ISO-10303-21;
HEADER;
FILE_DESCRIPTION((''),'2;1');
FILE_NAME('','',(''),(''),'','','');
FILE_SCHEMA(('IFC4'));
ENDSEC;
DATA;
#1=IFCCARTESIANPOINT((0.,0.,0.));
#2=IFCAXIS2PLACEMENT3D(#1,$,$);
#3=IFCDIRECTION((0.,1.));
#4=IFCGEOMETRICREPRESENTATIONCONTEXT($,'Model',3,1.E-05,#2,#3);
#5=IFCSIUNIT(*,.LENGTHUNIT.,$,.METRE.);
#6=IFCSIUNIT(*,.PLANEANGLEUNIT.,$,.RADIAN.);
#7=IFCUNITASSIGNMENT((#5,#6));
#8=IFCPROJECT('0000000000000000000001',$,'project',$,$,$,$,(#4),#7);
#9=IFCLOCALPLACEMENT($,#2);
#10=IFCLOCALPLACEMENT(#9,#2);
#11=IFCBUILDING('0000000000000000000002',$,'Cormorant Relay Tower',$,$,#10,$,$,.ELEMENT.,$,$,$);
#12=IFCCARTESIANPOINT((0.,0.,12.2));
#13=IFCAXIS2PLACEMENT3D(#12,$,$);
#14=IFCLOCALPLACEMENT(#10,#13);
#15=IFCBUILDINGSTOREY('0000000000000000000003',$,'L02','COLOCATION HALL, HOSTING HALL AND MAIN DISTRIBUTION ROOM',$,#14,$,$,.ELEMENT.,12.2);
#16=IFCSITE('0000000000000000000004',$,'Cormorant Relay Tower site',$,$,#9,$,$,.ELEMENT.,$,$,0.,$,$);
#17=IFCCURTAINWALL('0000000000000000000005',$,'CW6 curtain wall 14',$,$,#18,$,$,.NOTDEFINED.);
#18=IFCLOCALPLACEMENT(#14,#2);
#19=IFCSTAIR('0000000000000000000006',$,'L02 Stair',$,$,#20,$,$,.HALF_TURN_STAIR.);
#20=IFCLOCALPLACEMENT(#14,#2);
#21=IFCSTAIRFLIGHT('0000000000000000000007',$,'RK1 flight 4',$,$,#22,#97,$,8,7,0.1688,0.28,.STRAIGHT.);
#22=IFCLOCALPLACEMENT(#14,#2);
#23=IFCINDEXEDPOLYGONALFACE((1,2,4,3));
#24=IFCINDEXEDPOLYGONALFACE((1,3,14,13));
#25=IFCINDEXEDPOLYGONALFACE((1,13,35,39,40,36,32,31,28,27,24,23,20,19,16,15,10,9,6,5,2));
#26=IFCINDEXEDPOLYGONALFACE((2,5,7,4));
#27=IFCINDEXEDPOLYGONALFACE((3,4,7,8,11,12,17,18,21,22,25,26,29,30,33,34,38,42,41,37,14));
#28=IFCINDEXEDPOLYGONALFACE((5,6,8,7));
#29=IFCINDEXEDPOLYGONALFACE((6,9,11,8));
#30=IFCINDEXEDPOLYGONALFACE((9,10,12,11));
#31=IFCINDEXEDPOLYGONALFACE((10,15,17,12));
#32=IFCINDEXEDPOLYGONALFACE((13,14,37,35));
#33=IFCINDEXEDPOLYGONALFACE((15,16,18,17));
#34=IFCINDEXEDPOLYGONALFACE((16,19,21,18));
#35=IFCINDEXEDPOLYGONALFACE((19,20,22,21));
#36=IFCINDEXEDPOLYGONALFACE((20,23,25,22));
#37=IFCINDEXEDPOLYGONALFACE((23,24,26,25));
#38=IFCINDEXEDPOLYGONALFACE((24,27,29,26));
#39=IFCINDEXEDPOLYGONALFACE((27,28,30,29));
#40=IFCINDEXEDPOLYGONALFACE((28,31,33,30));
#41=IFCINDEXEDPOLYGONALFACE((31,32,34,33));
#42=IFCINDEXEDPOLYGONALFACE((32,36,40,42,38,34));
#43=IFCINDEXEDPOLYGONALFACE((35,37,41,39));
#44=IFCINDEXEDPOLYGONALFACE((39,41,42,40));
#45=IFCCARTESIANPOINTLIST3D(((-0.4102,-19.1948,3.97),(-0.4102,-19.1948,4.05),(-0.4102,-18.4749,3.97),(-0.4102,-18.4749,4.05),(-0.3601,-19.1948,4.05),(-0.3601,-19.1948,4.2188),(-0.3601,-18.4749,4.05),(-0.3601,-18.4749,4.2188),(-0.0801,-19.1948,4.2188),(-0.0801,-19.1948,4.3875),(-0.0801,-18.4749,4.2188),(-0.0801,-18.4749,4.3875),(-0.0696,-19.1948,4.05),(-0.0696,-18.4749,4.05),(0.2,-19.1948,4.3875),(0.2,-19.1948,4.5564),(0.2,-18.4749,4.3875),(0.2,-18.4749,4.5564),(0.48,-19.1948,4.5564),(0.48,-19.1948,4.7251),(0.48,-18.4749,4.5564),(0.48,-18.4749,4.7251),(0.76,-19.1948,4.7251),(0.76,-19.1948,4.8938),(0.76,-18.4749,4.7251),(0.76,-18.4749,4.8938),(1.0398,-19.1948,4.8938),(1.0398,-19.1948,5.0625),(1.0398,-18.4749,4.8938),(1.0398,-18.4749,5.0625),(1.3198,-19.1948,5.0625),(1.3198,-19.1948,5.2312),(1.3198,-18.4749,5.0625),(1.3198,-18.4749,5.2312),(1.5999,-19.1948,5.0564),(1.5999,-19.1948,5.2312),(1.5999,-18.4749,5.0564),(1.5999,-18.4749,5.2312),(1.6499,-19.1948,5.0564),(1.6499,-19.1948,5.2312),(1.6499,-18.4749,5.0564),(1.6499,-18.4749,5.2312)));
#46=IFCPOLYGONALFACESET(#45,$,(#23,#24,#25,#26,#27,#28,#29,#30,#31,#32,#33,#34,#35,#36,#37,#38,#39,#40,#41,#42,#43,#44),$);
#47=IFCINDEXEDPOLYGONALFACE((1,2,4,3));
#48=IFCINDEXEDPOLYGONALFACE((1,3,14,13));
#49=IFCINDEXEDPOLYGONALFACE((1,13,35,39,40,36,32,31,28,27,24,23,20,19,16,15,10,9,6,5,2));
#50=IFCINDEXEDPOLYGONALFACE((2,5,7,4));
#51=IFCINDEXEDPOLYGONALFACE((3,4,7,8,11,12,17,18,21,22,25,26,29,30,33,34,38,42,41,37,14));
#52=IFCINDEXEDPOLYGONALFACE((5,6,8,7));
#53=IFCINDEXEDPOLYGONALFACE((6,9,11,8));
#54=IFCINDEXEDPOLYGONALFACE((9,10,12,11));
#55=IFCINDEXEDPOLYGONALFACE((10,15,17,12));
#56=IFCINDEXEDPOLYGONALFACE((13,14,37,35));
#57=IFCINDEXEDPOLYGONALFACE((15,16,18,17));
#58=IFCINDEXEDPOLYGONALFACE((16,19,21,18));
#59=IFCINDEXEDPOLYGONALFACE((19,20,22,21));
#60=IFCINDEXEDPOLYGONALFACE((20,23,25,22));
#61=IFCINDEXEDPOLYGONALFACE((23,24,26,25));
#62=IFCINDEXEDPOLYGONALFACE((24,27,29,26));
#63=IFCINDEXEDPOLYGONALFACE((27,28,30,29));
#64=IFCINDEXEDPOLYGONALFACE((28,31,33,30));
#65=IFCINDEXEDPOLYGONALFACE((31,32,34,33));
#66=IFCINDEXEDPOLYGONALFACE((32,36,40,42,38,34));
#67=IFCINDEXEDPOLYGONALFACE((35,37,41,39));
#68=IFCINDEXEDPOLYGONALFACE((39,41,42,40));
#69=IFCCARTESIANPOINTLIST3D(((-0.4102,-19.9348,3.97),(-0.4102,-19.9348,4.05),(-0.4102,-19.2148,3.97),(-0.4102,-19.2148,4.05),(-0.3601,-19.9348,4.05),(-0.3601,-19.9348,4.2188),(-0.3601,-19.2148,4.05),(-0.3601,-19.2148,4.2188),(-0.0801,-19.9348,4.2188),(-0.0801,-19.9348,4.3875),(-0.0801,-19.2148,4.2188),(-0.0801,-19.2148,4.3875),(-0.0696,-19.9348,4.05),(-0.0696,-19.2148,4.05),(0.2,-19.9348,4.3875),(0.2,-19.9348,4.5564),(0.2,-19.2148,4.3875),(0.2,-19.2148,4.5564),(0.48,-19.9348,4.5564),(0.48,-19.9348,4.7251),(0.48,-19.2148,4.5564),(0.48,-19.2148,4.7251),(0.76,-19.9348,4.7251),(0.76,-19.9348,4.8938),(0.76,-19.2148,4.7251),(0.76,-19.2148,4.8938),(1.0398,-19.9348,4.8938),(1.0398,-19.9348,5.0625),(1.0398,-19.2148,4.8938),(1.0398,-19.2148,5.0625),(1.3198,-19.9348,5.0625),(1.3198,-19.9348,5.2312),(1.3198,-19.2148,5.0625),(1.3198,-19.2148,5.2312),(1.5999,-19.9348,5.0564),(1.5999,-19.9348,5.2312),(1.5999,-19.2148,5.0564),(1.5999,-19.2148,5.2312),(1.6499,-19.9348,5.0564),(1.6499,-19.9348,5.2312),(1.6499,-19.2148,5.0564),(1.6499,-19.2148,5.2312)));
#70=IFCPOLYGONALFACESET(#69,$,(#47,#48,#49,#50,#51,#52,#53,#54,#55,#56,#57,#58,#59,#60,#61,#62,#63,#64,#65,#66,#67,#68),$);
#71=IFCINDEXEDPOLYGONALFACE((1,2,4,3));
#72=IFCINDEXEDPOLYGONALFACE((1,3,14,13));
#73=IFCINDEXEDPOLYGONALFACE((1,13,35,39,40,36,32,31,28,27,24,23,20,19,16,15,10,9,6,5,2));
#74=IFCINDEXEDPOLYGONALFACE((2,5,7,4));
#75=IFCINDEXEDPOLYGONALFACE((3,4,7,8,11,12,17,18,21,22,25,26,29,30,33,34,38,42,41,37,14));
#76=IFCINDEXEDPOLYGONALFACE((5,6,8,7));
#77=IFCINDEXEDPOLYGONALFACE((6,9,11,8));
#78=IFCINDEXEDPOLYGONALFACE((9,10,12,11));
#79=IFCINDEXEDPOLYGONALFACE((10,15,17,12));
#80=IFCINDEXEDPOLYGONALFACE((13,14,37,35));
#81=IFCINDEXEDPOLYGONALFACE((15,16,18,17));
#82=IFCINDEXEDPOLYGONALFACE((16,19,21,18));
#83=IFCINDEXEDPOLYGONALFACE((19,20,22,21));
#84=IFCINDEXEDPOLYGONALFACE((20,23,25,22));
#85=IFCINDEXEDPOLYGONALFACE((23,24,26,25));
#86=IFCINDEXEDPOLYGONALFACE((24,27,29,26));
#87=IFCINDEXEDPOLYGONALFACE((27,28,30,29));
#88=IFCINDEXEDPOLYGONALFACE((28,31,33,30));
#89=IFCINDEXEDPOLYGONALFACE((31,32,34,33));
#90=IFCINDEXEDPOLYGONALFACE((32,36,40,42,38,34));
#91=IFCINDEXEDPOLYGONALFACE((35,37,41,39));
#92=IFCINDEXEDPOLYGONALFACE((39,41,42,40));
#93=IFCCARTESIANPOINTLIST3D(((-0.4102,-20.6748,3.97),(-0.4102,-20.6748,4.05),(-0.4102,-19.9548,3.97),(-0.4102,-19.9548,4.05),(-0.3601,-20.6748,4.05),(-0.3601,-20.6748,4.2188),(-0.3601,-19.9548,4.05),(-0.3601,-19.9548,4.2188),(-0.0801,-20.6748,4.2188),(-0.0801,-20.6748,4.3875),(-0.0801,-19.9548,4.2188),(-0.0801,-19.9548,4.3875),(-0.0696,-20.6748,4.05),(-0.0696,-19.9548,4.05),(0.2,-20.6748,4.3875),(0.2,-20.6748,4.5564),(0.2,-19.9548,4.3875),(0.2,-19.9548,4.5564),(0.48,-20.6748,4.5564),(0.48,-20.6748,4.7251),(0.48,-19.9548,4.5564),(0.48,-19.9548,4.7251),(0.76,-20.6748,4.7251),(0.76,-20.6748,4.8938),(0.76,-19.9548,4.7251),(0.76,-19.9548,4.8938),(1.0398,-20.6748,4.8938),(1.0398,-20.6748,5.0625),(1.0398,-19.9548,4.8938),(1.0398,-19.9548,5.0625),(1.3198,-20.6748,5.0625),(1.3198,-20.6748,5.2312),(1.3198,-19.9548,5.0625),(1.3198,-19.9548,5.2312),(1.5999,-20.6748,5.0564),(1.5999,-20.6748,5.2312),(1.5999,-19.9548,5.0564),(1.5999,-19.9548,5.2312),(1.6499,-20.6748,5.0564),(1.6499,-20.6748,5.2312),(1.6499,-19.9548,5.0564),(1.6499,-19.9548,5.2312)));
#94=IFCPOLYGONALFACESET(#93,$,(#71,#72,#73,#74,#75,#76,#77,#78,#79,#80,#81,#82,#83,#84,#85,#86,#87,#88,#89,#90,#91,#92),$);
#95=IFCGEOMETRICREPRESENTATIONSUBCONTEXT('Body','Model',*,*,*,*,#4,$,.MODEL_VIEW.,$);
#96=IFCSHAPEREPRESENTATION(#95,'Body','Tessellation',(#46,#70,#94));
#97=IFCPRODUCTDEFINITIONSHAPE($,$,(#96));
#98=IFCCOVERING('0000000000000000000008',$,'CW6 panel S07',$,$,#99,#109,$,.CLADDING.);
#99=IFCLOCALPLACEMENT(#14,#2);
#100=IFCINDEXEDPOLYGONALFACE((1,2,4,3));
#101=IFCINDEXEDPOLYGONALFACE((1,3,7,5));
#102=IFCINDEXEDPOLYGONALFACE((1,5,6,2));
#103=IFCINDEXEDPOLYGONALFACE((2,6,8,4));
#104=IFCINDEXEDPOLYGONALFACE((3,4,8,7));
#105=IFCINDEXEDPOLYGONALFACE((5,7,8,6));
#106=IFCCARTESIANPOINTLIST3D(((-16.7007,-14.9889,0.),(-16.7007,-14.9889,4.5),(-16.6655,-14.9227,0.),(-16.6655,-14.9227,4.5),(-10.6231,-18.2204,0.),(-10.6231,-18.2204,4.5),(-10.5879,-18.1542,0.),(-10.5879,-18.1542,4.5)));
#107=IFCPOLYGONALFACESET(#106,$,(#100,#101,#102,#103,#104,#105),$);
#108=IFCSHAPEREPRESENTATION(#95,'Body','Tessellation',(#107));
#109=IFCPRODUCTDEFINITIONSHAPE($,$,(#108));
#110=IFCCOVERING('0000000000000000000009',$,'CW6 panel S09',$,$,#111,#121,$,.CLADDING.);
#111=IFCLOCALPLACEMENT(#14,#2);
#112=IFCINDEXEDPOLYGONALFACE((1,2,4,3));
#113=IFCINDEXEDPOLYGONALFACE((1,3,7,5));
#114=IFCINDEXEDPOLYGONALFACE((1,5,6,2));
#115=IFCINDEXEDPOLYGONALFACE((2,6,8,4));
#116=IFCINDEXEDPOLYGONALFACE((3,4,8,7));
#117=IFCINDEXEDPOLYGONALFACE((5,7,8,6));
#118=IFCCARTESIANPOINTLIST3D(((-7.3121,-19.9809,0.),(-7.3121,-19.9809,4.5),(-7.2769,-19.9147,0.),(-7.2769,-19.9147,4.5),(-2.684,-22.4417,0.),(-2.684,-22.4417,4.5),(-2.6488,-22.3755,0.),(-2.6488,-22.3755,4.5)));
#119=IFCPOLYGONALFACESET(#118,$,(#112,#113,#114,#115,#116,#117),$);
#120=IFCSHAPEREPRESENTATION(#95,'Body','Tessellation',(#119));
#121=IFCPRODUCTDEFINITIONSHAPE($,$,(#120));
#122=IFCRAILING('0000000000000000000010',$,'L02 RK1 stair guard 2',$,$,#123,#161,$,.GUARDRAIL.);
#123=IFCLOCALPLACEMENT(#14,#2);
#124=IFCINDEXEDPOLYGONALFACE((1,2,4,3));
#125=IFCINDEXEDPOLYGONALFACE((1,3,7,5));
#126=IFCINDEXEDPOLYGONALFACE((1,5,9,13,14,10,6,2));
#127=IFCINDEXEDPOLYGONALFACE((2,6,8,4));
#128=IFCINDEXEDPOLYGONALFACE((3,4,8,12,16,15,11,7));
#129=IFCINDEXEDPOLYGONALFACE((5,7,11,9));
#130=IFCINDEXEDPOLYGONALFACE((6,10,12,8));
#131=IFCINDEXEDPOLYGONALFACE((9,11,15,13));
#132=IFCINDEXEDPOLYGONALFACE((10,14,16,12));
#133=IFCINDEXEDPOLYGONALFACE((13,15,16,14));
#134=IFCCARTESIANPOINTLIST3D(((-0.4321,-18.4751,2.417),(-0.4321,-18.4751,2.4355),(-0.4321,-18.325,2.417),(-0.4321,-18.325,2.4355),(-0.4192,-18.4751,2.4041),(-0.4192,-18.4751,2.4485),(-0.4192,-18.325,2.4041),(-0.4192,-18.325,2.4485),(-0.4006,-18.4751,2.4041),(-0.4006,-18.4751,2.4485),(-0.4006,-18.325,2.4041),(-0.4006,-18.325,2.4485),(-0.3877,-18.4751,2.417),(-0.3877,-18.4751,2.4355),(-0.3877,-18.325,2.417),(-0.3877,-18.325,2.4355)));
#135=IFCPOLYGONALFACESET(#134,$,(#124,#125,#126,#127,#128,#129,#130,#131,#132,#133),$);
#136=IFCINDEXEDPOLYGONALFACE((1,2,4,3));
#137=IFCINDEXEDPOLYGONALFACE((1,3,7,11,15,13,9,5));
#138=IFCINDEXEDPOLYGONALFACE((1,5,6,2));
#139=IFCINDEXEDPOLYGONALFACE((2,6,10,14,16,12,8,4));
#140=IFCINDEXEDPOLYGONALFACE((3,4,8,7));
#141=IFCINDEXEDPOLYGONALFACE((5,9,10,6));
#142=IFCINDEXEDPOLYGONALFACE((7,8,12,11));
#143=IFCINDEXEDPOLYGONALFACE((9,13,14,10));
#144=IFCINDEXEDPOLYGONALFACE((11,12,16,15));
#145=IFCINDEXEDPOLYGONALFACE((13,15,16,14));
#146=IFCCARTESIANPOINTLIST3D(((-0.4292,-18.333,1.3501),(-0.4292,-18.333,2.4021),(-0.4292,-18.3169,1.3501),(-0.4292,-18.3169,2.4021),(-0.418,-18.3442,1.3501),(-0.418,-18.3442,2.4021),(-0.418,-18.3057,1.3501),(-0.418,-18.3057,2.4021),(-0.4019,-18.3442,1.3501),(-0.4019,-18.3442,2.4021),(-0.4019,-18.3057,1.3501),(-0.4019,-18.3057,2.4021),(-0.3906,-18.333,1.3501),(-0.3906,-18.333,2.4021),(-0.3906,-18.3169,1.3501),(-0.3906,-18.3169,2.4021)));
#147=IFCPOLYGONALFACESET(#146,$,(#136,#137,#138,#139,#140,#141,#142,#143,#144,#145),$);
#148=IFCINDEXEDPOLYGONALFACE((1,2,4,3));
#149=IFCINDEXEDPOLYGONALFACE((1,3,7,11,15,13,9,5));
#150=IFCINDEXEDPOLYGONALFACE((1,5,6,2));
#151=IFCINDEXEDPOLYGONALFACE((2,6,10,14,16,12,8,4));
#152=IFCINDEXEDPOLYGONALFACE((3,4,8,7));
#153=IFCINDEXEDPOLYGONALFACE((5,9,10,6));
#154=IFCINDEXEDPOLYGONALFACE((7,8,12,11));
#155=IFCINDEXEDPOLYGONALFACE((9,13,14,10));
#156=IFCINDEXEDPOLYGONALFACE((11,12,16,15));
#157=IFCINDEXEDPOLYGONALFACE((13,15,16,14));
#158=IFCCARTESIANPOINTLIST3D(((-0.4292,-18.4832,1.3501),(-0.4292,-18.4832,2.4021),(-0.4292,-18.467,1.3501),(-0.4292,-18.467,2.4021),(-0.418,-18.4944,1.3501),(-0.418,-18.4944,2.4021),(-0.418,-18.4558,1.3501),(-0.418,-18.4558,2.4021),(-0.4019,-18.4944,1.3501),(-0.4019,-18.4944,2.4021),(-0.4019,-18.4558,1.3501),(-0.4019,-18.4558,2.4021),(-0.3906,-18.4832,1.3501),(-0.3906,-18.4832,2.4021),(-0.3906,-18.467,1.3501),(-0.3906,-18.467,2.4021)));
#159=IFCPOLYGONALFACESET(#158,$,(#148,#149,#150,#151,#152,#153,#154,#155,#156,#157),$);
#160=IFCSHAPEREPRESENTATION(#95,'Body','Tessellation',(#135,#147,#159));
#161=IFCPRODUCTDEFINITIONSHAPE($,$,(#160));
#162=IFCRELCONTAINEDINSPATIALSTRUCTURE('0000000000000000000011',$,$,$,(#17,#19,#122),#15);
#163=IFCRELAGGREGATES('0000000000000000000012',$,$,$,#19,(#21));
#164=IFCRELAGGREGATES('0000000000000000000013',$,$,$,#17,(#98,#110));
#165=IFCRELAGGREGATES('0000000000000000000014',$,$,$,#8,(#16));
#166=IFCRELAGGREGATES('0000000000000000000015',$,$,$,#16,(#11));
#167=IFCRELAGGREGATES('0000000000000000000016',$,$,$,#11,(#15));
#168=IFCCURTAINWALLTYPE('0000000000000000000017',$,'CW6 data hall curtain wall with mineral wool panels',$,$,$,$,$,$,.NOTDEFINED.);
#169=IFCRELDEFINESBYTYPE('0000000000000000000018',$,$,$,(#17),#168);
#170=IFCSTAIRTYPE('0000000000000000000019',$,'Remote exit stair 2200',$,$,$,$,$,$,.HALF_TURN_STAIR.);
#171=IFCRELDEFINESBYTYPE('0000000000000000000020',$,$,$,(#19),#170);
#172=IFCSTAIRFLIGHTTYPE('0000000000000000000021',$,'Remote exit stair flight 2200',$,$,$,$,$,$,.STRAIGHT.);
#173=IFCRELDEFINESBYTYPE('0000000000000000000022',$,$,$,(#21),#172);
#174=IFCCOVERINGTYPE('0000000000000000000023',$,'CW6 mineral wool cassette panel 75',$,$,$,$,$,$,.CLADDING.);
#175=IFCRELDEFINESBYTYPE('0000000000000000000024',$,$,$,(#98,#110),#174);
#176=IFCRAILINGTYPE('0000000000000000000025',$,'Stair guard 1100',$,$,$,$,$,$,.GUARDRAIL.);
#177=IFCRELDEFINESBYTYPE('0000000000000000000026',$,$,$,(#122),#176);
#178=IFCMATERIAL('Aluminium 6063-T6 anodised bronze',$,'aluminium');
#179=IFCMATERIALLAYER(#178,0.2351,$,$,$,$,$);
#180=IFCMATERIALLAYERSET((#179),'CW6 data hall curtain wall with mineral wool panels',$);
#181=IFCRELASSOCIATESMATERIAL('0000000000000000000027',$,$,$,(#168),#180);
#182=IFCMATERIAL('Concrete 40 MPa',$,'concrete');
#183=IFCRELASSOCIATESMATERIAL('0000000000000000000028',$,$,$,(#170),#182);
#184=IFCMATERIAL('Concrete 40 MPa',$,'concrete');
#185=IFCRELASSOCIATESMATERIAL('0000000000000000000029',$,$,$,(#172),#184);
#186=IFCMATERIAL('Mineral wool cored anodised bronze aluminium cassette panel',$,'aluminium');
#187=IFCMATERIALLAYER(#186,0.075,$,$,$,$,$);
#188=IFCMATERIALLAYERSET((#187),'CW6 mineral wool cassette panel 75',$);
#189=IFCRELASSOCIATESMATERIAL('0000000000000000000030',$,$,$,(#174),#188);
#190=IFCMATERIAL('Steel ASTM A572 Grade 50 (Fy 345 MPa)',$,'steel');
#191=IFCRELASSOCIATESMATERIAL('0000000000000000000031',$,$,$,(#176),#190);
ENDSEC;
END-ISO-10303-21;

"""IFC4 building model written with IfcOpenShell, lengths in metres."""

from ifc_helpers import new_model, si_unit, direction, frame, origin, origin_2d, place, context, subcontext, project, spatial, polyline, rectangle, outline, extrude, material, layer, layer_set, type_object, element, aggregate, save


model = new_model("IFC4")

# Units and contexts
model_context = context("Model", 3, precision=1e-05, world=origin(), true_north=direction((0.0, 1.0)))
body_context = subcontext(model_context, "Body", "Model", "MODEL_VIEW")
ifc_project = project(units=[si_unit("LENGTHUNIT", "METRE"), si_unit("PLANEANGLEUNIT", "RADIAN")], contexts=[model_context])

# Site, building, storey
site_placement = place(None, origin())
site = spatial("IfcSite", under=ifc_project, at=site_placement, Name="Cormorant Relay Tower site", CompositionType="ELEMENT", RefElevation=0.0)
building_placement = place(site_placement, origin())
building = spatial("IfcBuilding", under=site, at=building_placement, Name="Cormorant Relay Tower", CompositionType="ELEMENT")
storey_placement = place(building_placement, frame((0.0, 0.0, 12.2)))
storey = spatial("IfcBuildingStorey", under=building, at=storey_placement, Name="L02", Description="COLOCATION HALL, HOSTING HALL AND MAIN DISTRIBUTION ROOM", CompositionType="ELEMENT", Elevation=12.2)

# Shared definitions
ifc_material_1 = material(Name="Aluminium 6063-T6 anodised bronze", Category="aluminium")
ifc_layer_1 = layer(ifc_material_1, 0.2351)
ifc_layer_set_1 = layer_set([ifc_layer_1], Name="CW6 data hall curtain wall with mineral wool panels")
curtain_wall_type = type_object("IfcCurtainWallType", Name="CW6 data hall curtain wall with mineral wool panels", PredefinedType="NOTDEFINED", material=ifc_layer_set_1)

# Curtain wall
curtain_wall_1_placement = place(storey_placement, origin())
curtain_wall_1 = element("IfcCurtainWall", 1, at=curtain_wall_1_placement, inside=storey, type_object=curtain_wall_type, Name="CW6 curtain wall 14", PredefinedType="NOTDEFINED")

# Stair, stair flight
ifc_material_2 = material(Name="Concrete 40 MPa", Category="concrete")
stair_type = type_object("IfcStairType", Name="Remote exit stair 2200", PredefinedType="HALF_TURN_STAIR", material=ifc_material_2)
stair_placement = place(storey_placement, origin())
stair = element("IfcStair", 2, at=stair_placement, inside=storey, type_object=stair_type, Name="L02 Stair", PredefinedType="HALF_TURN_STAIR")
ifc_material_3 = material(Name="Concrete 40 MPa", Category="concrete")
stair_flight_type = type_object("IfcStairFlightType", Name="Remote exit stair flight 2200", PredefinedType="STRAIGHT", material=ifc_material_3)
stair_flight_1_placement = place(storey_placement, frame((-0.3601, -19.575, 4.05), z_axis=(0.0, 0.0, 1.0), x_axis=(1.0, 0.0, 0.0)))
stair_flight_1 = element("IfcStairFlight", 3, at=stair_flight_1_placement, type_object=stair_flight_type, Name="RK1 flight 4", NumberOfRisers=8, NumberOfTreads=7, PredefinedType="STRAIGHT", RiserHeight=0.1688, TreadLength=0.28, context=body_context, shape_type="SweptSolid", body=[
    extrude(outline(polyline([(-0.05, -0.0801), (-0.05, 0.0), (0.0, 0.0), (0.0, 0.1687), (0.28, 0.1687), (0.28, 0.3374), (0.5601, 0.3374), (0.5601, 0.5063), (0.8401, 0.5063), (0.8401, 0.675), (1.1201, 0.675), (1.1201, 0.8438), (1.3999, 0.8438), (1.3999, 1.0125), (1.6799, 1.0125), (1.6799, 1.1812), (1.96, 1.1812), (2.01, 1.1812), (2.01, 1.0063), (1.96, 1.0063), (0.2905, 0.0), (-0.05, -0.0801)])), frame((0.0, 1.1001, 0.0), z_axis=(0.0, -1.0, 0.0), x_axis=(1.0, 0.0, 0.0)), (0.0, 0.0, 1.0), 0.72),
    extrude(outline(polyline([(-0.05, -0.0801), (-0.05, 0.0), (0.0, 0.0), (0.0, 0.1687), (0.28, 0.1687), (0.28, 0.3374), (0.5601, 0.3374), (0.5601, 0.5063), (0.8401, 0.5063), (0.8401, 0.675), (1.1201, 0.675), (1.1201, 0.8438), (1.3999, 0.8438), (1.3999, 1.0125), (1.6799, 1.0125), (1.6799, 1.1812), (1.96, 1.1812), (2.01, 1.1812), (2.01, 1.0063), (1.96, 1.0063), (0.2905, 0.0), (-0.05, -0.0801)])), frame((0.0, 0.3601, 0.0), z_axis=(0.0, -1.0, 0.0), x_axis=(1.0, 0.0, 0.0)), (0.0, 0.0, 1.0), 0.72),
    extrude(outline(polyline([(-0.05, -0.0801), (-0.05, 0.0), (0.0, 0.0), (0.0, 0.1687), (0.28, 0.1687), (0.28, 0.3374), (0.5601, 0.3374), (0.5601, 0.5063), (0.8401, 0.5063), (0.8401, 0.675), (1.1201, 0.675), (1.1201, 0.8438), (1.3999, 0.8438), (1.3999, 1.0125), (1.6799, 1.0125), (1.6799, 1.1812), (1.96, 1.1812), (2.01, 1.1812), (2.01, 1.0063), (1.96, 1.0063), (0.2905, 0.0), (-0.05, -0.0801)])), frame((0.0, -0.3799, 0.0), z_axis=(0.0, -1.0, 0.0), x_axis=(1.0, 0.0, 0.0)), (0.0, 0.0, 1.0), 0.72),
])
aggregate(stair, [stair_flight_1])

# Coverings
ifc_material_4 = material(Name="Mineral wool cored anodised bronze aluminium cassette panel", Category="aluminium")
ifc_layer_2 = layer(ifc_material_4, 0.075)
ifc_layer_set_2 = layer_set([ifc_layer_2], Name="CW6 mineral wool cassette panel 75")
covering_type = type_object("IfcCoveringType", Name="CW6 mineral wool cassette panel 75", PredefinedType="CLADDING", material=ifc_layer_set_2)
covering_1_placement = place(storey_placement, frame((-13.6443, -16.5715, 0.0), z_axis=(0.0, 0.0, 1.0), x_axis=(0.882948, -0.469472, 0.0)))
covering_1 = element("IfcCovering", 4, at=covering_1_placement, type_object=covering_type, Name="CW6 panel S07", PredefinedType="CLADDING", context=body_context, shape_type="SweptSolid", body=[
    extrude(rectangle(XDim=6.8833, YDim=0.075, at=origin_2d()), origin(), (0.0, 0.0, 1.0), 4.5),
])
covering_2_placement = place(storey_placement, frame((-4.9805, -21.1782, 0.0), z_axis=(0.0, 0.0, 1.0), x_axis=(0.882948, -0.469472, 0.0)))
covering_2 = element("IfcCovering", 5, at=covering_2_placement, type_object=covering_type, Name="CW6 panel S09", PredefinedType="CLADDING", context=body_context, shape_type="SweptSolid", body=[
    extrude(rectangle(XDim=5.2417, YDim=0.075, at=origin_2d()), origin(), (0.0, 0.0, 1.0), 4.5),
])
aggregate(curtain_wall_1, [covering_1, covering_2])

# Railing
ifc_material_5 = material(Name="Steel ASTM A572 Grade 50 (Fy 345 MPa)", Category="steel")
railing_type_1 = type_object("IfcRailingType", Name="Stair guard 1100", PredefinedType="GUARDRAIL", material=ifc_material_5)
railing_1_placement = place(storey_placement, frame((-0.4099, -18.325, 1.3501)))
element("IfcRailing", 6, at=railing_1_placement, inside=storey, type_object=railing_type_1, Name="L02 RK1 stair guard 2", PredefinedType="GUARDRAIL", context=body_context, shape_type="SweptSolid", body=[
    extrude(outline(polyline([(0.0222, 0.0093), (0.0093, 0.0222), (-0.0093, 0.0222), (-0.0222, 0.0093), (-0.0222, -0.0093), (-0.0093, -0.0222), (0.0093, -0.0222), (0.0222, -0.0093), (0.0222, 0.0093)])), frame((0.0, 0.0, 1.0762), z_axis=(0.0, -1.0, 0.0), x_axis=(1.0, 0.0, 0.0)), (0.0, 0.0, 1.0), 0.1501),
    extrude(outline(polyline([(0.0193, 0.0081), (0.0081, 0.0193), (-0.0081, 0.0193), (-0.0193, 0.0081), (-0.0193, -0.0081), (-0.0081, -0.0193), (0.0081, -0.0193), (0.0193, -0.0081), (0.0193, 0.0081)])), origin(), (0.0, 0.0, 1.0), 1.052),
    extrude(outline(polyline([(0.0193, 0.0081), (0.0081, 0.0193), (-0.0081, 0.0193), (-0.0193, 0.0081), (-0.0193, -0.0081), (-0.0081, -0.0193), (0.0081, -0.0193), (0.0193, -0.0081), (0.0193, 0.0081)])), frame((0.0, -0.1501, 0.0)), (0.0, 0.0, 1.0), 1.052),
])

save(model, "model.ifc")
